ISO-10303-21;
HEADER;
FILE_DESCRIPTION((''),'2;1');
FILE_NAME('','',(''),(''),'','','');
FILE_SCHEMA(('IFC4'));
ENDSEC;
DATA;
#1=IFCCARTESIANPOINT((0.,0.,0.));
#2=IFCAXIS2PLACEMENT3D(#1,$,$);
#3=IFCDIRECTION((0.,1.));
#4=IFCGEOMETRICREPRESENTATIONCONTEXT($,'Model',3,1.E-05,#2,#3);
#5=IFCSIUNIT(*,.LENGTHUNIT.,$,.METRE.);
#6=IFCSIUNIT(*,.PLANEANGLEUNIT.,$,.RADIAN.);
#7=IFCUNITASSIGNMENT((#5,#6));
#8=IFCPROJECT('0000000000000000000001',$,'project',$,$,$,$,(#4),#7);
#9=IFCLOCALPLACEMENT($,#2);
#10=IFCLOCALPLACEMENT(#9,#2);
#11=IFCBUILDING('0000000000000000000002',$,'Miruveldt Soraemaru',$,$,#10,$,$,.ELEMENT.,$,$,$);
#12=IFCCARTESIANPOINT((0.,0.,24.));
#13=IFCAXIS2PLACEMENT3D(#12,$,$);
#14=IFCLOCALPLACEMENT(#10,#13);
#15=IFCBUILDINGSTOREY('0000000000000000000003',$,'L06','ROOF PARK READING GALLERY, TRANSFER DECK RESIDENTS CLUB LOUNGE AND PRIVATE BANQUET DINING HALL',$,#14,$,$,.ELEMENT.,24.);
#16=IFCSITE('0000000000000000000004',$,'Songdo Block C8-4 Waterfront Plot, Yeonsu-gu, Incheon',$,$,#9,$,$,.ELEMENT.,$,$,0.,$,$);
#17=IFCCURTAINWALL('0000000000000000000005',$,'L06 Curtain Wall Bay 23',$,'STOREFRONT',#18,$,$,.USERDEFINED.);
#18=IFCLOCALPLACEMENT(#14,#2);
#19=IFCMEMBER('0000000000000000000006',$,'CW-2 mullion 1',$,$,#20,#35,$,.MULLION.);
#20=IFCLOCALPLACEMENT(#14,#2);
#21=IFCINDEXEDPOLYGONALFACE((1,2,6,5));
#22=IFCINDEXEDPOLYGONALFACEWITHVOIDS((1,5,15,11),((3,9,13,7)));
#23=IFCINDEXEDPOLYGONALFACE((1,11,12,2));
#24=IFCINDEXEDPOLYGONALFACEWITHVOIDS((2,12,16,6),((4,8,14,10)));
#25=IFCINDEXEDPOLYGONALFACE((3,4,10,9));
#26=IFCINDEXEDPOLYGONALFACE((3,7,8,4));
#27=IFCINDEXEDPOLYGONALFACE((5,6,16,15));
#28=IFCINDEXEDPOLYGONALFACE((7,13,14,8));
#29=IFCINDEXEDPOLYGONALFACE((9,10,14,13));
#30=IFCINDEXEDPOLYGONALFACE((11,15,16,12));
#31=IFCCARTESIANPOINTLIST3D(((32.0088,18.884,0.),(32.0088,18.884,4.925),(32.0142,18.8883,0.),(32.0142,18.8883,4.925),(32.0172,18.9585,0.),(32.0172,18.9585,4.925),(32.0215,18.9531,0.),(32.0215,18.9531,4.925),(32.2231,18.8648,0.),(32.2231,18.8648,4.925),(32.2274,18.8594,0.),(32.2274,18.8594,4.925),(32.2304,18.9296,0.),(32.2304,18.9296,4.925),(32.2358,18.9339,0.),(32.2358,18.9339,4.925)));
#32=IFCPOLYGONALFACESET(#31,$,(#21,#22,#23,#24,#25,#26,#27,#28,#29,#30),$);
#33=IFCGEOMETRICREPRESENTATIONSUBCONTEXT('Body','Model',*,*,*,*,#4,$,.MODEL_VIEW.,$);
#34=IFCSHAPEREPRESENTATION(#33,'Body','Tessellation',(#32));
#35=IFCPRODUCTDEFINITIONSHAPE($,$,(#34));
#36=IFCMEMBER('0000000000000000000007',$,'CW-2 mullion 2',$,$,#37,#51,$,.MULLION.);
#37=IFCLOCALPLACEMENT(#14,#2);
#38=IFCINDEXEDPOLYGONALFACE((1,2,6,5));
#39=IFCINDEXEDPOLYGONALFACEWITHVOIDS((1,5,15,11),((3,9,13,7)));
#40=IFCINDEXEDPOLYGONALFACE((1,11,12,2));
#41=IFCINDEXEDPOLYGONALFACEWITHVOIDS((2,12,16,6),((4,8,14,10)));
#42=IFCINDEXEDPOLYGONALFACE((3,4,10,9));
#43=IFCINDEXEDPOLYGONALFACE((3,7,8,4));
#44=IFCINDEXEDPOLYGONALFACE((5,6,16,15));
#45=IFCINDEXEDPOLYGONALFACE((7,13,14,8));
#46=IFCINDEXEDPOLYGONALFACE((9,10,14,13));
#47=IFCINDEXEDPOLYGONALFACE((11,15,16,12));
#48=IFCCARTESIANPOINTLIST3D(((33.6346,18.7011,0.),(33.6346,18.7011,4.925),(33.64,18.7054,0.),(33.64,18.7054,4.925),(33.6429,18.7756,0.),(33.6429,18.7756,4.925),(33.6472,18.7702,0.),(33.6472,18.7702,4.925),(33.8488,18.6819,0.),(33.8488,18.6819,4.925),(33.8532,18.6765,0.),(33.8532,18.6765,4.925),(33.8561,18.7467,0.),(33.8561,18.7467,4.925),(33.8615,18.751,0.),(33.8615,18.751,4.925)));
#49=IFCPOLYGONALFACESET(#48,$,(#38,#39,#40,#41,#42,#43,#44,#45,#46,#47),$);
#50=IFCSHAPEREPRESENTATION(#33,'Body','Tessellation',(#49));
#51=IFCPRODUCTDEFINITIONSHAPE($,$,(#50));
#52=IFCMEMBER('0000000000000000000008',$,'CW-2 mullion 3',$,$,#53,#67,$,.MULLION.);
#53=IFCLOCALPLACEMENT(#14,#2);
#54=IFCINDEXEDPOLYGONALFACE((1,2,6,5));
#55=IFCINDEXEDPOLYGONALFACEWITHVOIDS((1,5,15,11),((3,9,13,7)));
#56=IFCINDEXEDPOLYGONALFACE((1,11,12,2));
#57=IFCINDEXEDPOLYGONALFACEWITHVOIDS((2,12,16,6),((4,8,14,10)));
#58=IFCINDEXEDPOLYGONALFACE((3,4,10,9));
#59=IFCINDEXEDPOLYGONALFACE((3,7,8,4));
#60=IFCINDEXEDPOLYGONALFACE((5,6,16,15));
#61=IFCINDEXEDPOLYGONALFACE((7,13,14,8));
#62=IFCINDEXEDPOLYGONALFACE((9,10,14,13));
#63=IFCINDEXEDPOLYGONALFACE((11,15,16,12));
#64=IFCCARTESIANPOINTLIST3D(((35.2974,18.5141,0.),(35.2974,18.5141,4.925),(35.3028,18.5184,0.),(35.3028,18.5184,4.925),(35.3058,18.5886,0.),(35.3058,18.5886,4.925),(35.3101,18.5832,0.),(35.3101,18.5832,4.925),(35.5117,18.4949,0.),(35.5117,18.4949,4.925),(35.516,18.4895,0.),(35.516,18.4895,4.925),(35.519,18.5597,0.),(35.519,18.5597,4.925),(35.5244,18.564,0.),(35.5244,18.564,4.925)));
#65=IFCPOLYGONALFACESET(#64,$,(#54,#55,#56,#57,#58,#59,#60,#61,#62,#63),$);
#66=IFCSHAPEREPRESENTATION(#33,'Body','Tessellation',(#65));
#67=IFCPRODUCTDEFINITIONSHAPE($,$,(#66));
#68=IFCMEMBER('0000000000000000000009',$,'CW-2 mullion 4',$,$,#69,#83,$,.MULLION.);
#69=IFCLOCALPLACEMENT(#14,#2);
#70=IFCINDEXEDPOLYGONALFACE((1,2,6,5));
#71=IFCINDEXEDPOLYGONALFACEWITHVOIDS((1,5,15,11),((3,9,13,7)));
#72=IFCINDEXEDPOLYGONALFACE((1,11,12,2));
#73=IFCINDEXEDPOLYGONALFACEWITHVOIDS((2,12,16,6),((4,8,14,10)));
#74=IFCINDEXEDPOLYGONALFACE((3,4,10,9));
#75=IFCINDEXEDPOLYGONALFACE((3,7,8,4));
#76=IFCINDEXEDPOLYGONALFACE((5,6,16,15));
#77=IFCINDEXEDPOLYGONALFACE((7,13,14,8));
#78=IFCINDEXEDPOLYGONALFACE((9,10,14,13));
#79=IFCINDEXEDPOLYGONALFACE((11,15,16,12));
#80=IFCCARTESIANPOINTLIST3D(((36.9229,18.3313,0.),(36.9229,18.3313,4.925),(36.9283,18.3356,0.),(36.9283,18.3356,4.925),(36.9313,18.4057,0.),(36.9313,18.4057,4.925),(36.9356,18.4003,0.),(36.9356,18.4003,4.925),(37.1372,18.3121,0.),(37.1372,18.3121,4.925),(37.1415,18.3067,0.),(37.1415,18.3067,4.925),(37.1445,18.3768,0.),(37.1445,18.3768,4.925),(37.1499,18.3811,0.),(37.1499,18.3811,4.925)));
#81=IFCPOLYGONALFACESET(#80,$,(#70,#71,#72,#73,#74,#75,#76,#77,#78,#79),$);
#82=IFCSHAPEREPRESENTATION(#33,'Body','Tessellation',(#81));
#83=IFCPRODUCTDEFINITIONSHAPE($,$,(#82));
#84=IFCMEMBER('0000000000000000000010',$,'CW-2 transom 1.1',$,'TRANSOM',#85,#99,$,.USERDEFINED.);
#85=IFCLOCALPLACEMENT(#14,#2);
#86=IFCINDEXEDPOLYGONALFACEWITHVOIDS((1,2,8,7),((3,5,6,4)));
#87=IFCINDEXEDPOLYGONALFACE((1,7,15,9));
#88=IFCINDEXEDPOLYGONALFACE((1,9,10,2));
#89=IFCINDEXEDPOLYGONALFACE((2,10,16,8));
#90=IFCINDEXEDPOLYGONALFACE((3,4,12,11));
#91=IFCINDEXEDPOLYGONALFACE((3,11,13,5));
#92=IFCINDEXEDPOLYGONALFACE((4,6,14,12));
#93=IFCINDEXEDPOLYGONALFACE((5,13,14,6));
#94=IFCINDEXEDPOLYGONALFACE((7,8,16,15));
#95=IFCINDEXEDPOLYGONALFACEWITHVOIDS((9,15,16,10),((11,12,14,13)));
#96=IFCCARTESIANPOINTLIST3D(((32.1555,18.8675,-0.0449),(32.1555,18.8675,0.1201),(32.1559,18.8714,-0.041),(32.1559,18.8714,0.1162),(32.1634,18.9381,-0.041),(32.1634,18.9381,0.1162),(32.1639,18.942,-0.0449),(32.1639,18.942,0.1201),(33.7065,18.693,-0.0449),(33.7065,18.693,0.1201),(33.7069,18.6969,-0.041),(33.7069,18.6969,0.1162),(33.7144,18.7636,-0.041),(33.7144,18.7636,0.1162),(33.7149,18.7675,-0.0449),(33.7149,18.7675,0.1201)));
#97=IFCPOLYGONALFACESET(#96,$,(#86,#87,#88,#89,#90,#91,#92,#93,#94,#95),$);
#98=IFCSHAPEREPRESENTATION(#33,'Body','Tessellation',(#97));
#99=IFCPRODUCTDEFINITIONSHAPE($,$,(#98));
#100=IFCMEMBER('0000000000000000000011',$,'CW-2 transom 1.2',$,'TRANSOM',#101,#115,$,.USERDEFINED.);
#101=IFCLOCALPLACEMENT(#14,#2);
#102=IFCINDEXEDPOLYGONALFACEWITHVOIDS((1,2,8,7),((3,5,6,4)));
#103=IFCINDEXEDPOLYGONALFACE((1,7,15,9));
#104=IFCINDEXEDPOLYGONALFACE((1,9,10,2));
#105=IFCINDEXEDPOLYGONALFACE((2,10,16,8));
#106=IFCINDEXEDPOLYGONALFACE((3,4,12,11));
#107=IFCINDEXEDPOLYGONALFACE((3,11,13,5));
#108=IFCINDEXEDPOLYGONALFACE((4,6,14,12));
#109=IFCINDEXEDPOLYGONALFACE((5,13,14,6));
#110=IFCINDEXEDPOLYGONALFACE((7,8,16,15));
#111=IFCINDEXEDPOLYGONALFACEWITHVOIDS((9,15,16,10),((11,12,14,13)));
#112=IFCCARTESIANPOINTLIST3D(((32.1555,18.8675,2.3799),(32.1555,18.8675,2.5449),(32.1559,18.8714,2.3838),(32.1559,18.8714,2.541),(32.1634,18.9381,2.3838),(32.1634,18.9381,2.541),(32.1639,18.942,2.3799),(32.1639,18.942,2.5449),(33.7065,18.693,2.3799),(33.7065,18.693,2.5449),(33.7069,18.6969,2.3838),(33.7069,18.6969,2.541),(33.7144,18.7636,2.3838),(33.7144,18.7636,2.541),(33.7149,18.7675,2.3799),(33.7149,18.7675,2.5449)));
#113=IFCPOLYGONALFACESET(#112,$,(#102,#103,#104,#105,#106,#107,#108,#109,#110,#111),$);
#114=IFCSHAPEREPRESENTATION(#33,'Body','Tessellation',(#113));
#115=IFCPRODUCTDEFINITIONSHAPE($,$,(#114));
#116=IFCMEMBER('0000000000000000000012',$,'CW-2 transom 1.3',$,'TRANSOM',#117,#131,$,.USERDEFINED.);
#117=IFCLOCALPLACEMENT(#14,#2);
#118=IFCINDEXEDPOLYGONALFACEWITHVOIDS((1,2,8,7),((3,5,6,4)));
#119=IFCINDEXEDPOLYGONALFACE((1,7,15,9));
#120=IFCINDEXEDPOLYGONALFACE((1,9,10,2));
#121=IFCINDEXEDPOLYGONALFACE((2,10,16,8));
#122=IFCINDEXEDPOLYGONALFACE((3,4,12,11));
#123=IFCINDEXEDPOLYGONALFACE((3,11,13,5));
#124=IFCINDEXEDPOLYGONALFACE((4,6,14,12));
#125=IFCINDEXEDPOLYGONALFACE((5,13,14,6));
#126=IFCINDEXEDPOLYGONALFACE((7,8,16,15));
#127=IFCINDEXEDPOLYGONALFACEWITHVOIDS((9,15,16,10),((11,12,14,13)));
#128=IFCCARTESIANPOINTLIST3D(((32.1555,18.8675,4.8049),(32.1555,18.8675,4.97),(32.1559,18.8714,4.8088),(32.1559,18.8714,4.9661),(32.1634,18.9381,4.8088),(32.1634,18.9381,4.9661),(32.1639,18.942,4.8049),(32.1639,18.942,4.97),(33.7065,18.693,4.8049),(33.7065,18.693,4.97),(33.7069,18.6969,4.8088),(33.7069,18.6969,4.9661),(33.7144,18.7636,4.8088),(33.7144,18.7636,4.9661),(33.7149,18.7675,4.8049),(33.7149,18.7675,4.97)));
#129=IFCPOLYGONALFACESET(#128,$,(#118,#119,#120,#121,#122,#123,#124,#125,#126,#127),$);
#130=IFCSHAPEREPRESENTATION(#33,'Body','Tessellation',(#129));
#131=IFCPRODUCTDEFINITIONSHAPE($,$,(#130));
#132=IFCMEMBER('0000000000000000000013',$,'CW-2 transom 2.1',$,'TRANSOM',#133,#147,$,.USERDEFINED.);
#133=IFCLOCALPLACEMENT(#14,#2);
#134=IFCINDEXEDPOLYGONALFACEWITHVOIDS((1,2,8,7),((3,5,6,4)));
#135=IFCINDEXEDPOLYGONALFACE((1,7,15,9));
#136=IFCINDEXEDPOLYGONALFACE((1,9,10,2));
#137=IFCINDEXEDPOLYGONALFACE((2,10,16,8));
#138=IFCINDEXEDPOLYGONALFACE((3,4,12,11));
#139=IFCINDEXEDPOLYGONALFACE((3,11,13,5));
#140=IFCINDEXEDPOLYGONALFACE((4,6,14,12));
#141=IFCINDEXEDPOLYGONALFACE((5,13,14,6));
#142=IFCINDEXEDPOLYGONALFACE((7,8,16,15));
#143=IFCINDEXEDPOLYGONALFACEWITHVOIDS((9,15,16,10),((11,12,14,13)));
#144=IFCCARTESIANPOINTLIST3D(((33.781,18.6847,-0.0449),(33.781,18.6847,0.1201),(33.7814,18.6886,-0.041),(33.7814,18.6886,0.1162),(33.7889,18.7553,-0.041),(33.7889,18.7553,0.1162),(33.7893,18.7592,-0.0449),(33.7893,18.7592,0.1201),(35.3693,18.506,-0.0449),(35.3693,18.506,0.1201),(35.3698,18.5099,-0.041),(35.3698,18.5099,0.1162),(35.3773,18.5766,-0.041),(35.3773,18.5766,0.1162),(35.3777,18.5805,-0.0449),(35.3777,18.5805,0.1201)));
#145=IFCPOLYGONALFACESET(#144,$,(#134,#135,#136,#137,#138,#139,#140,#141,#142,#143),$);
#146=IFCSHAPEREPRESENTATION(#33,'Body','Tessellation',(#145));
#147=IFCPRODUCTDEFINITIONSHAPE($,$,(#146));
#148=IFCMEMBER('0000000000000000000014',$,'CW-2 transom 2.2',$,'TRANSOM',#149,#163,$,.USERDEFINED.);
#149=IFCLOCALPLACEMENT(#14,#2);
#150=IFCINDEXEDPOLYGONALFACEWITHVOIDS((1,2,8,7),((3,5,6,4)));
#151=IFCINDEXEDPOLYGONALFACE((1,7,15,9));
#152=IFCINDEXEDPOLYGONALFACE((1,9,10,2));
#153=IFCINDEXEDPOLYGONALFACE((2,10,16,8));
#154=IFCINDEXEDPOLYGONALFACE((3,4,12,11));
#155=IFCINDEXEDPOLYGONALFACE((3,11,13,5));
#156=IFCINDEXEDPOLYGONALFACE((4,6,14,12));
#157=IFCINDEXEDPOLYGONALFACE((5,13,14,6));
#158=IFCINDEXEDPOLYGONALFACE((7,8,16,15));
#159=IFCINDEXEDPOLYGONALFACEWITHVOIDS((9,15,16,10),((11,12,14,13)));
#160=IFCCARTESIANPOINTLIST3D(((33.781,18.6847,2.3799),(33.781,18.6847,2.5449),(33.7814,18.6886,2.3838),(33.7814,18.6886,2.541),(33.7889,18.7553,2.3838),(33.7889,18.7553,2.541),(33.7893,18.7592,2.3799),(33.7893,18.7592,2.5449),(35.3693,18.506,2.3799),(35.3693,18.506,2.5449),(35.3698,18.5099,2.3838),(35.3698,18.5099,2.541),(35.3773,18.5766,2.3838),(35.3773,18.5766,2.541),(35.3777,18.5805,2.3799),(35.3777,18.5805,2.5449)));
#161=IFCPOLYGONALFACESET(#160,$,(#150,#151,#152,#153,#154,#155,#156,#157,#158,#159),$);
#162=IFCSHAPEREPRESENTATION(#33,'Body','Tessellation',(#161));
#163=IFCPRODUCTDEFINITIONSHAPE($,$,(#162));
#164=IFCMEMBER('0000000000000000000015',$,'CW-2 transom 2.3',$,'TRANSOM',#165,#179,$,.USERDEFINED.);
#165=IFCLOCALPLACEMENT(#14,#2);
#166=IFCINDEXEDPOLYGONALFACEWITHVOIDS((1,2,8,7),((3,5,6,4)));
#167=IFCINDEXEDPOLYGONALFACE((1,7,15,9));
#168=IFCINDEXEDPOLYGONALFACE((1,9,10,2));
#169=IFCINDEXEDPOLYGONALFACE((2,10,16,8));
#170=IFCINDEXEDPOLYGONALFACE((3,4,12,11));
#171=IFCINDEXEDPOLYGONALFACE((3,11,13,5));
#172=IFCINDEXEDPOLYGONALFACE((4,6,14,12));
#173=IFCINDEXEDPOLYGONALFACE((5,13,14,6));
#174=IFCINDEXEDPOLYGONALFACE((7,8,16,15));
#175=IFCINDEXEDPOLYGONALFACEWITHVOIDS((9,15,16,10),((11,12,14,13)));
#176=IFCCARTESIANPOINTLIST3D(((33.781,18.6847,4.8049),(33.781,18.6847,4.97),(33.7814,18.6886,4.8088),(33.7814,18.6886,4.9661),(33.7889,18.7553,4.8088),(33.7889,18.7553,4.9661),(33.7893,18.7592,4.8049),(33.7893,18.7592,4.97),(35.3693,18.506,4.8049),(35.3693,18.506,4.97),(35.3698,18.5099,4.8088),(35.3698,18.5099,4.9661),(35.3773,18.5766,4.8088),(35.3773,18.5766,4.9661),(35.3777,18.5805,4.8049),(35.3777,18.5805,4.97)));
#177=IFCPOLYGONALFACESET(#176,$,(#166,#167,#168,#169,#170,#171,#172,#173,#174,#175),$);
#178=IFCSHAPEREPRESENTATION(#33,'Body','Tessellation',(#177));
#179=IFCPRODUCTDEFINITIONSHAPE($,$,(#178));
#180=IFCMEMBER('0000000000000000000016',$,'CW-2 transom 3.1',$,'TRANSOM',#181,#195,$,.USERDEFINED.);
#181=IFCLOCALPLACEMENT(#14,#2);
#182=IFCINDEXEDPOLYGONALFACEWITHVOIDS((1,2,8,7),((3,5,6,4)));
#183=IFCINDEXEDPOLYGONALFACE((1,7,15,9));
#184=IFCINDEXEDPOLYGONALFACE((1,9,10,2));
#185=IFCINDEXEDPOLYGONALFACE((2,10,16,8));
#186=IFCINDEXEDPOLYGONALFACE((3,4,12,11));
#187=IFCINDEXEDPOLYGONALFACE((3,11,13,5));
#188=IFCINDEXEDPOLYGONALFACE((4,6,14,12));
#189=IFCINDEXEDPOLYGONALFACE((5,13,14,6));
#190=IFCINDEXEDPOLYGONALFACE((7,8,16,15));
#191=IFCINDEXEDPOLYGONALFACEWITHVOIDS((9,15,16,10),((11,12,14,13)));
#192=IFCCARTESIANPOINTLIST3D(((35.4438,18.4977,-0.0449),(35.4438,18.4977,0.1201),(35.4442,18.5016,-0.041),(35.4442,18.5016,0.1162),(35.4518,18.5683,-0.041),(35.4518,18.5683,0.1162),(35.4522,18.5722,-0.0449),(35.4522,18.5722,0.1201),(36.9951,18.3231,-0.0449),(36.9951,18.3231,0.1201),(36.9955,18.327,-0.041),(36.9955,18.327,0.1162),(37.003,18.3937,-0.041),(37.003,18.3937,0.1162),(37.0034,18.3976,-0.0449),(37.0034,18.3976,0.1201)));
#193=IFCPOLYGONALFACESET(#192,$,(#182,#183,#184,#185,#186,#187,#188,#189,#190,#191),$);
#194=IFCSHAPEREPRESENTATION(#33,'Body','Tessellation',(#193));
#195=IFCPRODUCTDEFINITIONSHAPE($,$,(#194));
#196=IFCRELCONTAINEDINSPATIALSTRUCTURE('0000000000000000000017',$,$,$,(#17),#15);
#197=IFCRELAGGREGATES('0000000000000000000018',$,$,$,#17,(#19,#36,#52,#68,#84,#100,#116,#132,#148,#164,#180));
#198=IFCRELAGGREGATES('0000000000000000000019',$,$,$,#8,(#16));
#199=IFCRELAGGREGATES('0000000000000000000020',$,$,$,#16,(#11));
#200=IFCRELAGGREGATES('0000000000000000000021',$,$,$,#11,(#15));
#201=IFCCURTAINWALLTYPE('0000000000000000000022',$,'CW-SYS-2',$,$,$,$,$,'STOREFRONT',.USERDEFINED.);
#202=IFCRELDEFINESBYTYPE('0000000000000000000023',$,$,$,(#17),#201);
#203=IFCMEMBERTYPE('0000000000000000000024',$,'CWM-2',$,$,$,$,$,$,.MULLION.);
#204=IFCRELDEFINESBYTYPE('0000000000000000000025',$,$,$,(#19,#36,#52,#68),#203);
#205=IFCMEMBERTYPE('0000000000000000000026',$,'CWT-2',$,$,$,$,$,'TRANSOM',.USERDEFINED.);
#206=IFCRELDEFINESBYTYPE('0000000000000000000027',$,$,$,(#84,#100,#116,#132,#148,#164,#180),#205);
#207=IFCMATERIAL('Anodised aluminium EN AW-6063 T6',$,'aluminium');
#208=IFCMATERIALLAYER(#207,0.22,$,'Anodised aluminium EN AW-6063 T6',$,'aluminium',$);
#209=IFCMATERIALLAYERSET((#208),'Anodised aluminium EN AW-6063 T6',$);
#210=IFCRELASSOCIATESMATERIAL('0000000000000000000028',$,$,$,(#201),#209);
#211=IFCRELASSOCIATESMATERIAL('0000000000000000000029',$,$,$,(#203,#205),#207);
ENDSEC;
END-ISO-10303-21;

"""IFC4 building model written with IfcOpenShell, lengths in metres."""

from ifc_helpers import new_model, si_unit, direction, frame, origin, origin_2d, place, context, subcontext, project, spatial, hollow_rectangle, extrude, material, layer, layer_set, material_profile, profile_set, type_object, element, aggregate, save


model = new_model("IFC4")

# Units and contexts
model_context = context("Model", 3, precision=1e-05, world=origin(), true_north=direction((0.0, 1.0)))
body_context = subcontext(model_context, "Body", "Model", "MODEL_VIEW")
ifc_project = project(units=[si_unit("LENGTHUNIT", "METRE"), si_unit("PLANEANGLEUNIT", "RADIAN")], contexts=[model_context])

# Site, building, storey
site_placement = place(None, origin())
site = spatial("IfcSite", under=ifc_project, at=site_placement, Name="Songdo Block C8-4 Waterfront Plot, Yeonsu-gu, Incheon", CompositionType="ELEMENT", RefElevation=0.0)
building_placement = place(site_placement, origin())
building = spatial("IfcBuilding", under=site, at=building_placement, Name="Miruveldt Soraemaru", CompositionType="ELEMENT")
storey_placement = place(building_placement, frame((0.0, 0.0, 24.0)))
storey = spatial("IfcBuildingStorey", under=building, at=storey_placement, Name="L06", Description="ROOF PARK READING GALLERY, TRANSFER DECK RESIDENTS CLUB LOUNGE AND PRIVATE BANQUET DINING HALL", CompositionType="ELEMENT", Elevation=24.0)

# Curtain wall, members
ifc_material_1 = material(Name="Anodised aluminium EN AW-6063 T6", Category="aluminium")
ifc_layer_1 = layer(ifc_material_1, 0.22, Name="Anodised aluminium EN AW-6063 T6", Category="aluminium")
ifc_layer_set_1 = layer_set([ifc_layer_1], Name="Anodised aluminium EN AW-6063 T6")
curtain_wall_type = type_object("IfcCurtainWallType", Name="CW-SYS-2", ElementType="STOREFRONT", PredefinedType="USERDEFINED", material=ifc_layer_set_1)
curtain_wall_placement = place(storey_placement, origin())
curtain_wall = element("IfcCurtainWall", 1, at=curtain_wall_placement, inside=storey, type_object=curtain_wall_type, Name="L06 Curtain Wall Bay 23", ObjectType="STOREFRONT", PredefinedType="USERDEFINED")
ifc_material_profile_1 = material_profile(ifc_material_1, hollow_rectangle(XDim=0.075, YDim=0.22, WallThickness=0.0049, at=origin_2d()), Name="Anodised aluminium EN AW-6063 T6", Category="aluminium")
ifc_profile_set_1 = profile_set([ifc_material_profile_1], Name="Anodised aluminium EN AW-6063 T6")
member_type_1 = type_object("IfcMemberType", Name="CWM-2", PredefinedType="MULLION", material=ifc_profile_set_1)
member_1_placement = place(storey_placement, frame((32.1223, 18.9089, 0.0), z_axis=(0.0, 0.0, 1.0), x_axis=(0.111772, 0.993734, 0.0)))
member_1 = element("IfcMember", 2, at=member_1_placement, type_object=member_type_1, Name="CW-2 mullion 1", PredefinedType="MULLION", context=body_context, shape_type="SweptSolid", body=[
    extrude(hollow_rectangle(XDim=0.075, YDim=0.22, WallThickness=0.0049, at=origin_2d()), origin(), (0.0, 0.0, 1.0), 4.925),
])
member_2_placement = place(storey_placement, frame((33.748, 18.7261, 0.0), z_axis=(0.0, 0.0, 1.0), x_axis=(0.111772, 0.993734, 0.0)))
member_2 = element("IfcMember", 3, at=member_2_placement, type_object=member_type_1, Name="CW-2 mullion 2", PredefinedType="MULLION", context=body_context, shape_type="SweptSolid", body=[
    extrude(hollow_rectangle(XDim=0.075, YDim=0.22, WallThickness=0.0049, at=origin_2d()), origin(), (0.0, 0.0, 1.0), 4.925),
])
member_3_placement = place(storey_placement, frame((35.4109, 18.5391, 0.0), z_axis=(0.0, 0.0, 1.0), x_axis=(0.111772, 0.993734, 0.0)))
member_3 = element("IfcMember", 4, at=member_3_placement, type_object=member_type_1, Name="CW-2 mullion 3", PredefinedType="MULLION", context=body_context, shape_type="SweptSolid", body=[
    extrude(hollow_rectangle(XDim=0.075, YDim=0.22, WallThickness=0.0049, at=origin_2d()), origin(), (0.0, 0.0, 1.0), 4.925),
])
member_4_placement = place(storey_placement, frame((37.0364, 18.3562, 0.0), z_axis=(0.0, 0.0, 1.0), x_axis=(0.111772, 0.993734, 0.0)))
member_4 = element("IfcMember", 5, at=member_4_placement, type_object=member_type_1, Name="CW-2 mullion 4", PredefinedType="MULLION", context=body_context, shape_type="SweptSolid", body=[
    extrude(hollow_rectangle(XDim=0.075, YDim=0.22, WallThickness=0.0049, at=origin_2d()), origin(), (0.0, 0.0, 1.0), 4.925),
])
ifc_material_profile_2 = material_profile(ifc_material_1, hollow_rectangle(XDim=0.075, YDim=0.165, WallThickness=0.0039, at=origin_2d()), Name="Anodised aluminium EN AW-6063 T6", Category="aluminium")
ifc_profile_set_2 = profile_set([ifc_material_profile_2], Name="Anodised aluminium EN AW-6063 T6")
member_type_2 = type_object("IfcMemberType", Name="CWT-2", ElementType="TRANSOM", PredefinedType="USERDEFINED", material=ifc_profile_set_2)
member_5_placement = place(storey_placement, frame((32.1597, 18.9048, 0.0376), z_axis=(0.993726, -0.111839, 0.0), x_axis=(0.111839, 0.993726, 0.0)))
member_5 = element("IfcMember", 6, at=member_5_placement, type_object=member_type_2, Name="CW-2 transom 1.1", ObjectType="TRANSOM", PredefinedType="USERDEFINED", context=body_context, shape_type="SweptSolid", body=[
    extrude(hollow_rectangle(XDim=0.075, YDim=0.165, WallThickness=0.0039, at=origin_2d()), origin(), (0.0, 0.0, 1.0), 1.5608),
])
member_6_placement = place(storey_placement, frame((32.1597, 18.9048, 2.4624), z_axis=(0.993726, -0.111839, 0.0), x_axis=(0.111839, 0.993726, 0.0)))
member_6 = element("IfcMember", 7, at=member_6_placement, type_object=member_type_2, Name="CW-2 transom 1.2", ObjectType="TRANSOM", PredefinedType="USERDEFINED", context=body_context, shape_type="SweptSolid", body=[
    extrude(hollow_rectangle(XDim=0.075, YDim=0.165, WallThickness=0.0039, at=origin_2d()), origin(), (0.0, 0.0, 1.0), 1.5608),
])
member_7_placement = place(storey_placement, frame((32.1597, 18.9048, 4.8875), z_axis=(0.993726, -0.111839, 0.0), x_axis=(0.111839, 0.993726, 0.0)))
member_7 = element("IfcMember", 8, at=member_7_placement, type_object=member_type_2, Name="CW-2 transom 1.3", ObjectType="TRANSOM", PredefinedType="USERDEFINED", context=body_context, shape_type="SweptSolid", body=[
    extrude(hollow_rectangle(XDim=0.075, YDim=0.165, WallThickness=0.0039, at=origin_2d()), origin(), (0.0, 0.0, 1.0), 1.5608),
])
member_8_placement = place(storey_placement, frame((33.7852, 18.7219, 0.0376), z_axis=(0.99373, -0.111806, 0.0), x_axis=(0.111806, 0.99373, 0.0)))
member_8 = element("IfcMember", 9, at=member_8_placement, type_object=member_type_2, Name="CW-2 transom 2.1", ObjectType="TRANSOM", PredefinedType="USERDEFINED", context=body_context, shape_type="SweptSolid", body=[
    extrude(hollow_rectangle(XDim=0.075, YDim=0.165, WallThickness=0.0039, at=origin_2d()), origin(), (0.0, 0.0, 1.0), 1.5984),
])
member_9_placement = place(storey_placement, frame((33.7852, 18.7219, 2.4624), z_axis=(0.99373, -0.111806, 0.0), x_axis=(0.111806, 0.99373, 0.0)))
member_9 = element("IfcMember", 10, at=member_9_placement, type_object=member_type_2, Name="CW-2 transom 2.2", ObjectType="TRANSOM", PredefinedType="USERDEFINED", context=body_context, shape_type="SweptSolid", body=[
    extrude(hollow_rectangle(XDim=0.075, YDim=0.165, WallThickness=0.0039, at=origin_2d()), origin(), (0.0, 0.0, 1.0), 1.5984),
])
member_10_placement = place(storey_placement, frame((33.7852, 18.7219, 4.8875), z_axis=(0.99373, -0.111806, 0.0), x_axis=(0.111806, 0.99373, 0.0)))
member_10 = element("IfcMember", 11, at=member_10_placement, type_object=member_type_2, Name="CW-2 transom 2.3", ObjectType="TRANSOM", PredefinedType="USERDEFINED", context=body_context, shape_type="SweptSolid", body=[
    extrude(hollow_rectangle(XDim=0.075, YDim=0.165, WallThickness=0.0039, at=origin_2d()), origin(), (0.0, 0.0, 1.0), 1.5984),
])
member_11_placement = place(storey_placement, frame((35.448, 18.5349, 0.0376), z_axis=(0.993728, -0.111822, 0.0), x_axis=(0.111822, 0.993728, 0.0)))
member_11 = element("IfcMember", 12, at=member_11_placement, type_object=member_type_2, Name="CW-2 transom 3.1", ObjectType="TRANSOM", PredefinedType="USERDEFINED", context=body_context, shape_type="SweptSolid", body=[
    extrude(hollow_rectangle(XDim=0.075, YDim=0.165, WallThickness=0.0039, at=origin_2d()), origin(), (0.0, 0.0, 1.0), 1.561),
])
aggregate(curtain_wall, [member_1, member_2, member_3, member_4, member_5, member_6, member_7, member_8, member_9, member_10, member_11])

save(model, "model.ifc")
